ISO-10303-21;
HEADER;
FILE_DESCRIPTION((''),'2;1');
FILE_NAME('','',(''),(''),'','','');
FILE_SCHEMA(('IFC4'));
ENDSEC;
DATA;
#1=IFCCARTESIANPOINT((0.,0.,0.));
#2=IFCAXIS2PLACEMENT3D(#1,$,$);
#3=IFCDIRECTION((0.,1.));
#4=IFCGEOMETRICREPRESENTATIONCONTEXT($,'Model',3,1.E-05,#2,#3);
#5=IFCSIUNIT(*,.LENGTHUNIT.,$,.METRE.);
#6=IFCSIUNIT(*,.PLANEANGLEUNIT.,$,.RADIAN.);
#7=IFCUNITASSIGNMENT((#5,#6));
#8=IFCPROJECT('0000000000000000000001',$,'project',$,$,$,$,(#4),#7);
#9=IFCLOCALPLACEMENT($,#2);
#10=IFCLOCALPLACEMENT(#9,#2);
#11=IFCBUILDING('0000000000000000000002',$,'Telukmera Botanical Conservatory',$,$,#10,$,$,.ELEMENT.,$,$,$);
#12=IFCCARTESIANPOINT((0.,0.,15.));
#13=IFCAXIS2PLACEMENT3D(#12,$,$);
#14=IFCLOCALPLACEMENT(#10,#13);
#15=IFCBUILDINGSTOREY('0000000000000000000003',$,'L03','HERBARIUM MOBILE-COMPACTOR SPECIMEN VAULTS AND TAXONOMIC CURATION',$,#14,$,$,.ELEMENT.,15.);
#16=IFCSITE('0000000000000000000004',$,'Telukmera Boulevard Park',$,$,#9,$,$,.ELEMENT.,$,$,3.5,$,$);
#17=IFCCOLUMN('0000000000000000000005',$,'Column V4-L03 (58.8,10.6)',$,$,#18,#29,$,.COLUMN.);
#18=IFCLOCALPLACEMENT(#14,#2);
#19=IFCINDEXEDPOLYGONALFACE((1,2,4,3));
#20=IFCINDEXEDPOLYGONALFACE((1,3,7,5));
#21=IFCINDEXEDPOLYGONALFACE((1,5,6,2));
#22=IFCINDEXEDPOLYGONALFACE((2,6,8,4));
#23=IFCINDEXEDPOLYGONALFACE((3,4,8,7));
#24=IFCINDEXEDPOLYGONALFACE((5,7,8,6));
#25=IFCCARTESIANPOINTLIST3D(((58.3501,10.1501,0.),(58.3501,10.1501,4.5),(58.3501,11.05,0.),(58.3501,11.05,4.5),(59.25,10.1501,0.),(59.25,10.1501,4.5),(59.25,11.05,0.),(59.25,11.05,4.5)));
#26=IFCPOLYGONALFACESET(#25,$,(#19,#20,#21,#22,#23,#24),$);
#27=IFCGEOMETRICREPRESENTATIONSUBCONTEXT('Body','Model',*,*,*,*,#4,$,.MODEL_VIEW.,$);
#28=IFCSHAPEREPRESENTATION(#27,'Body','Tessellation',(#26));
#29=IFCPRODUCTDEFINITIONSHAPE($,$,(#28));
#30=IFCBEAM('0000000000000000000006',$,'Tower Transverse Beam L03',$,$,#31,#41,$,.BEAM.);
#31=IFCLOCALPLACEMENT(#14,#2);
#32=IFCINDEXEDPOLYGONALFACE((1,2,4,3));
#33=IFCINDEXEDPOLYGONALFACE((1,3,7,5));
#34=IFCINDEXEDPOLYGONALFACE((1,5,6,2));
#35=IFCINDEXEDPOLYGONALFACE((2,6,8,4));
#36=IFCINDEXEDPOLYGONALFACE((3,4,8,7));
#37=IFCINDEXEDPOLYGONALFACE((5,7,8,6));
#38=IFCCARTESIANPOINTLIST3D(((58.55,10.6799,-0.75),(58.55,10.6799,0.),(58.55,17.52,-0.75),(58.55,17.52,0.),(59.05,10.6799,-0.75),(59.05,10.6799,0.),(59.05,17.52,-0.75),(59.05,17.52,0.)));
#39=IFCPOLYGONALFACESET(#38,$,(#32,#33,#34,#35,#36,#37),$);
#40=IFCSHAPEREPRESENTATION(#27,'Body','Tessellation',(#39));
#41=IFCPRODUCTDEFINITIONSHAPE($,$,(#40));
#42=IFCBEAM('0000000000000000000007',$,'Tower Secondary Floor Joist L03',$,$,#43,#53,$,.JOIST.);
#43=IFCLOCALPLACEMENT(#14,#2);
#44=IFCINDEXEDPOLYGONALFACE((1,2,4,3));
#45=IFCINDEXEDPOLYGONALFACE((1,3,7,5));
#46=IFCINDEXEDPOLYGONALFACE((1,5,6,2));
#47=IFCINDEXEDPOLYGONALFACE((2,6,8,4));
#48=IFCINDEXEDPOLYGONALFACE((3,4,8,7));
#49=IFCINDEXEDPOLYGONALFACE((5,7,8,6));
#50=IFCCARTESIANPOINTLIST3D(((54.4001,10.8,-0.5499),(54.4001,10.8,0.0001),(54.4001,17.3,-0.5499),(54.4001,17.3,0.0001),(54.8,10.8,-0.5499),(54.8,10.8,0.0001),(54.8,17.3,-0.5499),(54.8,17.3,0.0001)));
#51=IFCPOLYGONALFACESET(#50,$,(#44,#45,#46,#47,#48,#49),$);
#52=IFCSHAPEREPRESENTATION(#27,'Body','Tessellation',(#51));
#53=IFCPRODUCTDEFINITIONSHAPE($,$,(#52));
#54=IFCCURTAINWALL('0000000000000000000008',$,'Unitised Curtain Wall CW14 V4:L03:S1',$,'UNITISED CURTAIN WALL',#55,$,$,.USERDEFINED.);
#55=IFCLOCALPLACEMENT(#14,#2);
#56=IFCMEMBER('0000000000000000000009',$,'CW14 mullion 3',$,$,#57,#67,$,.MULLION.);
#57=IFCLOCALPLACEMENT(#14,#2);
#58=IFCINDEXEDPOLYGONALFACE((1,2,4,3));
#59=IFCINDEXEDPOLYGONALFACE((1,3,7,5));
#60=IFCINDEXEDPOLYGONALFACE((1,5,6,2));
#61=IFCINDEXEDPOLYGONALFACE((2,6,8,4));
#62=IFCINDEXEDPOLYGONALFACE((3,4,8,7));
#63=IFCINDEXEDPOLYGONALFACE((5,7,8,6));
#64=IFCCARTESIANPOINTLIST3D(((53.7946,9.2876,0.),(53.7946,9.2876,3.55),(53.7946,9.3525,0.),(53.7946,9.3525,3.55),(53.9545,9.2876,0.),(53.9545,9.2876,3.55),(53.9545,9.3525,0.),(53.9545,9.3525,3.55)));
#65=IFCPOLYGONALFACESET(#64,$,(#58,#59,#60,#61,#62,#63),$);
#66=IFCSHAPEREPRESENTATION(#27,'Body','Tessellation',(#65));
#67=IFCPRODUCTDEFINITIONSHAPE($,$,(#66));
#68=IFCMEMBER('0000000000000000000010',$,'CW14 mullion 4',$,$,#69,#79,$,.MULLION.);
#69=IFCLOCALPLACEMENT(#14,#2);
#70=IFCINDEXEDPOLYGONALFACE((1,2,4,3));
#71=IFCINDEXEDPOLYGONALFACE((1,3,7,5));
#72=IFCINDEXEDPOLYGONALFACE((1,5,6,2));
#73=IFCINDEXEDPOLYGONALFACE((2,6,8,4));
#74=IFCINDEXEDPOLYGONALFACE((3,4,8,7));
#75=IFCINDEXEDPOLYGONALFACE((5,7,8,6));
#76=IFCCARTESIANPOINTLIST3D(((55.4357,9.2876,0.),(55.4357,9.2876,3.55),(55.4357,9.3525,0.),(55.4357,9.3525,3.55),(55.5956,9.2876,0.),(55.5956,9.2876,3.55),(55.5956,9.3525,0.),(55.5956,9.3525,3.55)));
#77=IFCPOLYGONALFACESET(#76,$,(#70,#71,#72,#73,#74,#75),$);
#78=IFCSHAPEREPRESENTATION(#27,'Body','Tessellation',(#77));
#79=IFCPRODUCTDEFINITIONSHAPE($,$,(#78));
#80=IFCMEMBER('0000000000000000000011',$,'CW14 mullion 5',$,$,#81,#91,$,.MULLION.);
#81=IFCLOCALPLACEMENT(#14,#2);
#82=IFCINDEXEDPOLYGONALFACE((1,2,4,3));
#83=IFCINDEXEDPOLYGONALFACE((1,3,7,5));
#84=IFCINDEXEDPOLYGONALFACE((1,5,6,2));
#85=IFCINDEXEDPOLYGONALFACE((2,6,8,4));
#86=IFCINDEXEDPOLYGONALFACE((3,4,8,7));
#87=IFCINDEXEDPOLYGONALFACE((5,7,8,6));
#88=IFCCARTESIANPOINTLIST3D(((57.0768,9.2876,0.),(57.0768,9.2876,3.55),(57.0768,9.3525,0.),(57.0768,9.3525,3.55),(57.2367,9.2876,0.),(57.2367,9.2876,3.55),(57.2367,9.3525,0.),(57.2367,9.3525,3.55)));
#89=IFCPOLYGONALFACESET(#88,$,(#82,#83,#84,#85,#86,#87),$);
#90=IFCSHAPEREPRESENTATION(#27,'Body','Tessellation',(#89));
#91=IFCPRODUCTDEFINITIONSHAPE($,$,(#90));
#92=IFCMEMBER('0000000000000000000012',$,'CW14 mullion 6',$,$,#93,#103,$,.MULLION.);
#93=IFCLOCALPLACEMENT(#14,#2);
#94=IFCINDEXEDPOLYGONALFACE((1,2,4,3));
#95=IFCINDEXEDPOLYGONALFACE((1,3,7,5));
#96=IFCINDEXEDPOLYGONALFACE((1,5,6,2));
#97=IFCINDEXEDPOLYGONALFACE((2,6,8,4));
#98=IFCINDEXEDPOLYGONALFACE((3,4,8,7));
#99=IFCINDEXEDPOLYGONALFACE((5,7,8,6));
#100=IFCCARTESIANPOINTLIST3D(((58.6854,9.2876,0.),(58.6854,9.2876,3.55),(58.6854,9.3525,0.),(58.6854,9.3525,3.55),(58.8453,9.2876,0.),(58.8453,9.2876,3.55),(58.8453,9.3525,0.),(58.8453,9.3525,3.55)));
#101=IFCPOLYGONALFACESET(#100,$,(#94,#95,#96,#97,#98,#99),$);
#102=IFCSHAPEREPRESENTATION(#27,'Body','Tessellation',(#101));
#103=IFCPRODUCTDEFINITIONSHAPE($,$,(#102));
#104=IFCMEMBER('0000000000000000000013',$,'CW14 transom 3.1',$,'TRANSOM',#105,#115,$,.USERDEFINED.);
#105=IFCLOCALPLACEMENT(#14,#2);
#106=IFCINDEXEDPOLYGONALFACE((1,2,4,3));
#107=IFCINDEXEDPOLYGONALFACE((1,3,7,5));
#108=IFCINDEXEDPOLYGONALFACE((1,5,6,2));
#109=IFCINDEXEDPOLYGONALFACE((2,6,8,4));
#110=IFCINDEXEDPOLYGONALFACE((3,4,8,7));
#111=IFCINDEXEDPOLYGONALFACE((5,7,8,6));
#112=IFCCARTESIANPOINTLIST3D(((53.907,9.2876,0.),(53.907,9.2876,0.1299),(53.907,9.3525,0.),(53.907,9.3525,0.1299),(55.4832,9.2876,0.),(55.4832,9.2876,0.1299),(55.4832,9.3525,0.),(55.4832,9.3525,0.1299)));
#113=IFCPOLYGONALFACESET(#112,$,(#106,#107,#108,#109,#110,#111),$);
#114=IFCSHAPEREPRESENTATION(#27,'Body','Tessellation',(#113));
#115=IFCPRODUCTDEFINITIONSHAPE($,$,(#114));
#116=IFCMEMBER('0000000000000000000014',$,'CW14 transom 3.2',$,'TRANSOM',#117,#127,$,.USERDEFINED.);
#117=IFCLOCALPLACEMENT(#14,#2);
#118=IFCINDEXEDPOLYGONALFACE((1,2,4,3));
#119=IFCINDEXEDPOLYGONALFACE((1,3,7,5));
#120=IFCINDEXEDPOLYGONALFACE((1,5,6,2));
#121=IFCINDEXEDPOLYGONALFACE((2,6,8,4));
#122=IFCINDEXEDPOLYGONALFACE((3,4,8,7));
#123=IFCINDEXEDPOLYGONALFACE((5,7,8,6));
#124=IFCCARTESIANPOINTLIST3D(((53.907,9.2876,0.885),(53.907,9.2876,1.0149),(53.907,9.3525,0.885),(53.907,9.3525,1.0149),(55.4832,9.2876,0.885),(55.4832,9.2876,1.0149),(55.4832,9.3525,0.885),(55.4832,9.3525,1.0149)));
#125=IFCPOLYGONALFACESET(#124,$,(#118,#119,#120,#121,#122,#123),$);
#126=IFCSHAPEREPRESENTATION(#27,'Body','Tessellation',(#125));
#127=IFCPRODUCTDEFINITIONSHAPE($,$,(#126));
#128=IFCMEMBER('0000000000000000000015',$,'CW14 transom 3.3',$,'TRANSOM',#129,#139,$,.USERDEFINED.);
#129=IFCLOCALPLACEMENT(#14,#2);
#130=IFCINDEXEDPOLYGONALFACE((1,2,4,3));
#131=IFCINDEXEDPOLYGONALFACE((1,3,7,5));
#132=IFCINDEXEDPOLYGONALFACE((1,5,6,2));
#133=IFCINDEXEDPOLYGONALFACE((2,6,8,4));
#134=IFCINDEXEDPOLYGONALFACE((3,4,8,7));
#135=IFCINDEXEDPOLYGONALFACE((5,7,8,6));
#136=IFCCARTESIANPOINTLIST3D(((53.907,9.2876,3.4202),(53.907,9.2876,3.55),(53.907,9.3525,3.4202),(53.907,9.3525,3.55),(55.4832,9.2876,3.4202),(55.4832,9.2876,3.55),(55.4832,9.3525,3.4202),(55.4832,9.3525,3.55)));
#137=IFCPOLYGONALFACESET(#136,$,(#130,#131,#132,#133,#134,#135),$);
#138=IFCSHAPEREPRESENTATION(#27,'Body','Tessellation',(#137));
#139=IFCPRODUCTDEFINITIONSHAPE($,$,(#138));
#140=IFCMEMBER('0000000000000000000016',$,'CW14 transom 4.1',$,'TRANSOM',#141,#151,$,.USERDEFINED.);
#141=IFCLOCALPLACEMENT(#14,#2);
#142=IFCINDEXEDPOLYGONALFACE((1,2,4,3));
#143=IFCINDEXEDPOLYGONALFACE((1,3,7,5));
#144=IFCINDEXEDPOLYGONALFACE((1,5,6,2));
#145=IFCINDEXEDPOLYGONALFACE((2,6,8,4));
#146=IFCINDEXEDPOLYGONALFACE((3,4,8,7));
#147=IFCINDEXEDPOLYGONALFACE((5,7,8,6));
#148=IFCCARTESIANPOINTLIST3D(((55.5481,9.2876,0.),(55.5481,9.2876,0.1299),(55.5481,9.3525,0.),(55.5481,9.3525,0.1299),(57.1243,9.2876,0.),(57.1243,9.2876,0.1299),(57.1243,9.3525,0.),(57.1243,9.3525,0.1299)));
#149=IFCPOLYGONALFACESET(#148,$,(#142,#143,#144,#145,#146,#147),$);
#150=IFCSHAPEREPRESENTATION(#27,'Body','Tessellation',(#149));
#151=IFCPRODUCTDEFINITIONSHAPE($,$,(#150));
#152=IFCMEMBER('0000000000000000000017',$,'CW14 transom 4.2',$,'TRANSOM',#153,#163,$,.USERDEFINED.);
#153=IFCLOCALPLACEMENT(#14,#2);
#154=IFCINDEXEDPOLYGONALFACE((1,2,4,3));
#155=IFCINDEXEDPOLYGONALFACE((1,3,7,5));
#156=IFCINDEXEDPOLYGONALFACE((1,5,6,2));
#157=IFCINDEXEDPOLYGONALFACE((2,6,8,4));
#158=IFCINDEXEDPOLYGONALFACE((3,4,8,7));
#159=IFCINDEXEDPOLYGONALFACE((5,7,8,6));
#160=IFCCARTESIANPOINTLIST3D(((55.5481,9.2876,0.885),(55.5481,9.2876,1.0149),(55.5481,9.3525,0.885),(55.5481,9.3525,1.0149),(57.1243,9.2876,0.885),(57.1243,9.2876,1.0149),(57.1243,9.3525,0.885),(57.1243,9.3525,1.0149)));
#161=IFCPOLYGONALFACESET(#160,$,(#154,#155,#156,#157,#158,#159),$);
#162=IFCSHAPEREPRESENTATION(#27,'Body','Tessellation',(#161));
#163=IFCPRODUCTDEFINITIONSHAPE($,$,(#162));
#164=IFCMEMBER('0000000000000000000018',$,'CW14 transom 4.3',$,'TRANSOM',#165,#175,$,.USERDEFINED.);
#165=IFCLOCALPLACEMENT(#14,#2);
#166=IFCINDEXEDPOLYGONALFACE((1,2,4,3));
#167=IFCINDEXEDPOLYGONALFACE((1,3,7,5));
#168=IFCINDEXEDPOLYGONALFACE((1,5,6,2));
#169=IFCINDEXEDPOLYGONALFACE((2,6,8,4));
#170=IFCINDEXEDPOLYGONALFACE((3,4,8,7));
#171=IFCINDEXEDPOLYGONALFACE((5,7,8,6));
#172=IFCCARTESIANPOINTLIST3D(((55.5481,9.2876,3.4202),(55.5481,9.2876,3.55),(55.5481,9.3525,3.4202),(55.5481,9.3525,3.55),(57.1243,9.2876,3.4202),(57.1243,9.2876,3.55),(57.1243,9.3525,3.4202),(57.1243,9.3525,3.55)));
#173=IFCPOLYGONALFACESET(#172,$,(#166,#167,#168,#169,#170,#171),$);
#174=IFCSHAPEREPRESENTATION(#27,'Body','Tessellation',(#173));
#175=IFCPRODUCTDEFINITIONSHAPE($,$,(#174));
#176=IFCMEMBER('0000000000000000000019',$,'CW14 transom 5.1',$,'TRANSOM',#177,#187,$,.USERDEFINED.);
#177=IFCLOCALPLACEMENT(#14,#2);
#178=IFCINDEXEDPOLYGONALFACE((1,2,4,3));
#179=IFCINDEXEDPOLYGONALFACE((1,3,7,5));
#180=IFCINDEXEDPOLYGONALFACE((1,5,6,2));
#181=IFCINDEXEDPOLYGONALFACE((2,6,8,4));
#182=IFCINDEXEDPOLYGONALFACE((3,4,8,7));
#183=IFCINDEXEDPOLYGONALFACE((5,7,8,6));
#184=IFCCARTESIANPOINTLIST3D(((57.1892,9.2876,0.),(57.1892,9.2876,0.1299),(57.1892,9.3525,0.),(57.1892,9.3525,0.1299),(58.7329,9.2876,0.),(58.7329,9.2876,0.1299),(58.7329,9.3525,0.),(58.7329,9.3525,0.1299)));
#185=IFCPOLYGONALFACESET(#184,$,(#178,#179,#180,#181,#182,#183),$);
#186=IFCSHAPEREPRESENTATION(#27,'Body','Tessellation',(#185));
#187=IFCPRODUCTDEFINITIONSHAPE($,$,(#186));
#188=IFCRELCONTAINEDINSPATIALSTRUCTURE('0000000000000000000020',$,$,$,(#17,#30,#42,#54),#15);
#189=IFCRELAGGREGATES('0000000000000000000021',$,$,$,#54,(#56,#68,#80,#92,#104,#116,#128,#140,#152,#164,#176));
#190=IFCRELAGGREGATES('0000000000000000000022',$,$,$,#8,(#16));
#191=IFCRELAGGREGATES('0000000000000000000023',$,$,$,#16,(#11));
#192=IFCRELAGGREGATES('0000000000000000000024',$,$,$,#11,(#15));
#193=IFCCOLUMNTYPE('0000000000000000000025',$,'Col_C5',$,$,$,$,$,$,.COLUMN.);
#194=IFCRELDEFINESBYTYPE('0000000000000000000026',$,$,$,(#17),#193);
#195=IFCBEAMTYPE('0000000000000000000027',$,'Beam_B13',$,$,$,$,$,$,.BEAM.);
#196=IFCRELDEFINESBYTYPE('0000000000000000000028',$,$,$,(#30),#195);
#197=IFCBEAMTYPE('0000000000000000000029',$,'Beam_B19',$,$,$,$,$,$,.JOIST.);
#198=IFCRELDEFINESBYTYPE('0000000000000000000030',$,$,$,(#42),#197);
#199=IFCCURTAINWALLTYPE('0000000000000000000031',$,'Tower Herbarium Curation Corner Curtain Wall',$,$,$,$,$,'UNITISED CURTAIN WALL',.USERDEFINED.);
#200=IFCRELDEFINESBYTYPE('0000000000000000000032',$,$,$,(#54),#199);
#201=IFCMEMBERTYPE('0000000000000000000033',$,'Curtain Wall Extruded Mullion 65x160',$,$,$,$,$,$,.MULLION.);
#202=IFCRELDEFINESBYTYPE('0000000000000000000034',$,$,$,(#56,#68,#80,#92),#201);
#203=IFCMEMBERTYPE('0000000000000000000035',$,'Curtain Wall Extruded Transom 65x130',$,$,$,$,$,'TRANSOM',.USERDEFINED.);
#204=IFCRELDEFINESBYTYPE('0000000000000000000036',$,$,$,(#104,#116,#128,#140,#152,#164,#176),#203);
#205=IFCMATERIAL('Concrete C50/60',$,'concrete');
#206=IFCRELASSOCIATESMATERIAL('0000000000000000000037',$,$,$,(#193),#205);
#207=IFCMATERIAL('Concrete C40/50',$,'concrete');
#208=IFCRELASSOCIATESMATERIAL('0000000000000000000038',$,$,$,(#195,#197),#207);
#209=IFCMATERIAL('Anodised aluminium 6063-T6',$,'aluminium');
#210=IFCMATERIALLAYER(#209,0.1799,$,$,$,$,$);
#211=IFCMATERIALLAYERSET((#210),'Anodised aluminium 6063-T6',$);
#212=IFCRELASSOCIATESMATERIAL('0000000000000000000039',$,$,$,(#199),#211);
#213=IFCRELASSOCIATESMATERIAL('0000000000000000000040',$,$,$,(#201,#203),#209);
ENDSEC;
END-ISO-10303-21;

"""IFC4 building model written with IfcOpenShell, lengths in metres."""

from ifc_helpers import new_model, si_unit, direction, frame, origin, origin_2d, place, context, subcontext, project, spatial, rectangle, extrude, material, layer, layer_set, material_profile, profile_set, type_object, element, aggregate, save


model = new_model("IFC4")

# Units and contexts
model_context = context("Model", 3, precision=1e-05, world=origin(), true_north=direction((0.0, 1.0)))
body_context = subcontext(model_context, "Body", "Model", "MODEL_VIEW")
ifc_project = project(units=[si_unit("LENGTHUNIT", "METRE"), si_unit("PLANEANGLEUNIT", "RADIAN")], contexts=[model_context])

# Site, building, storey
site_placement = place(None, origin())
site = spatial("IfcSite", under=ifc_project, at=site_placement, Name="Telukmera Boulevard Park", CompositionType="ELEMENT", RefElevation=3.5)
building_placement = place(site_placement, origin())
building = spatial("IfcBuilding", under=site, at=building_placement, Name="Telukmera Botanical Conservatory", CompositionType="ELEMENT")
storey_placement = place(building_placement, frame((0.0, 0.0, 15.0)))
storey = spatial("IfcBuildingStorey", under=building, at=storey_placement, Name="L03", Description="HERBARIUM MOBILE-COMPACTOR SPECIMEN VAULTS AND TAXONOMIC CURATION", CompositionType="ELEMENT", Elevation=15.0)

# Column
ifc_material_1 = material(Name="Concrete C50/60", Category="concrete")
ifc_material_profile_1 = material_profile(ifc_material_1, rectangle(XDim=0.8999, YDim=0.8999, at=origin_2d()), Name="RC 900x900")
ifc_profile_set_1 = profile_set([ifc_material_profile_1], Name="Concrete C50/60")
column_type = type_object("IfcColumnType", Name="Col_C5", PredefinedType="COLUMN", material=ifc_profile_set_1)
column_placement = place(storey_placement, frame((58.8, 10.6001, 0.0), z_axis=(0.0, 0.0, 1.0), x_axis=(1.0, 0.0, 0.0)))
element("IfcColumn", 1, at=column_placement, inside=storey, type_object=column_type, Name="Column V4-L03 (58.8,10.6)", PredefinedType="COLUMN", context=body_context, shape_type="SweptSolid", body=[
    extrude(rectangle(XDim=0.8999, YDim=0.8999, at=origin_2d()), origin(), (0.0, 0.0, 1.0), 4.5),
])

# Beams
ifc_material_2 = material(Name="Concrete C40/50", Category="concrete")
ifc_material_profile_2 = material_profile(ifc_material_2, rectangle(XDim=0.5, YDim=0.75, at=origin_2d()), Name="RC 500x750")
ifc_profile_set_2 = profile_set([ifc_material_profile_2], Name="Concrete C40/50")
beam_type_1 = type_object("IfcBeamType", Name="Beam_B13", PredefinedType="BEAM", material=ifc_profile_set_2)
beam_1_placement = place(storey_placement, frame((58.8, 10.6799, -0.375), z_axis=(0.0, 1.0, 0.0), x_axis=(-1.0, 0.0, 0.0)))
element("IfcBeam", 2, at=beam_1_placement, inside=storey, type_object=beam_type_1, Name="Tower Transverse Beam L03", PredefinedType="BEAM", context=body_context, shape_type="SweptSolid", body=[
    extrude(rectangle(XDim=0.5, YDim=0.75, at=origin_2d()), origin(), (0.0, 0.0, 1.0), 6.8401),
])
ifc_material_profile_3 = material_profile(ifc_material_2, rectangle(XDim=0.3999, YDim=0.55, at=origin_2d()), Name="RC 400x550")
ifc_profile_set_3 = profile_set([ifc_material_profile_3], Name="Concrete C40/50")
beam_type_2 = type_object("IfcBeamType", Name="Beam_B19", PredefinedType="JOIST", material=ifc_profile_set_3)
beam_2_placement = place(storey_placement, frame((54.6001, 10.8, -0.2749), z_axis=(0.0, 1.0, 0.0), x_axis=(-1.0, 0.0, 0.0)))
element("IfcBeam", 3, at=beam_2_placement, inside=storey, type_object=beam_type_2, Name="Tower Secondary Floor Joist L03", PredefinedType="JOIST", context=body_context, shape_type="SweptSolid", body=[
    extrude(rectangle(XDim=0.3999, YDim=0.55, at=origin_2d()), origin(), (0.0, 0.0, 1.0), 6.5),
])

# Curtain wall, members
ifc_material_3 = material(Name="Anodised aluminium 6063-T6", Category="aluminium")
ifc_layer_1 = layer(ifc_material_3, 0.1799)
ifc_layer_set_1 = layer_set([ifc_layer_1], Name="Anodised aluminium 6063-T6")
curtain_wall_type = type_object("IfcCurtainWallType", Name="Tower Herbarium Curation Corner Curtain Wall", ElementType="UNITISED CURTAIN WALL", PredefinedType="USERDEFINED", material=ifc_layer_set_1)
curtain_wall_placement = place(storey_placement, origin())
curtain_wall = element("IfcCurtainWall", 4, at=curtain_wall_placement, inside=storey, type_object=curtain_wall_type, Name="Unitised Curtain Wall CW14 V4:L03:S1", ObjectType="UNITISED CURTAIN WALL", PredefinedType="USERDEFINED")
ifc_material_profile_4 = material_profile(ifc_material_3, rectangle(XDim=0.0649, YDim=0.1599, at=origin_2d()), Name="ALU MULL 65x160")
ifc_profile_set_4 = profile_set([ifc_material_profile_4], Name="Anodised aluminium 6063-T6")
member_type_1 = type_object("IfcMemberType", Name="Curtain Wall Extruded Mullion 65x160", PredefinedType="MULLION", material=ifc_profile_set_4)
member_1_placement = place(storey_placement, frame((53.8745, 9.3201, 0.0), z_axis=(0.0, 0.0, 1.0), x_axis=(0.0, 1.0, 0.0)))
member_1 = element("IfcMember", 5, at=member_1_placement, type_object=member_type_1, Name="CW14 mullion 3", PredefinedType="MULLION", context=body_context, shape_type="SweptSolid", body=[
    extrude(rectangle(XDim=0.0649, YDim=0.1599, at=origin_2d()), origin(), (0.0, 0.0, 1.0), 3.55),
])
member_2_placement = place(storey_placement, frame((55.5156, 9.3201, 0.0), z_axis=(0.0, 0.0, 1.0), x_axis=(0.0, 1.0, 0.0)))
member_2 = element("IfcMember", 6, at=member_2_placement, type_object=member_type_1, Name="CW14 mullion 4", PredefinedType="MULLION", context=body_context, shape_type="SweptSolid", body=[
    extrude(rectangle(XDim=0.0649, YDim=0.1599, at=origin_2d()), origin(), (0.0, 0.0, 1.0), 3.55),
])
member_3_placement = place(storey_placement, frame((57.1567, 9.3201, 0.0), z_axis=(0.0, 0.0, 1.0), x_axis=(0.0, 1.0, 0.0)))
member_3 = element("IfcMember", 7, at=member_3_placement, type_object=member_type_1, Name="CW14 mullion 5", PredefinedType="MULLION", context=body_context, shape_type="SweptSolid", body=[
    extrude(rectangle(XDim=0.0649, YDim=0.1599, at=origin_2d()), origin(), (0.0, 0.0, 1.0), 3.55),
])
member_4_placement = place(storey_placement, frame((58.7654, 9.3201, 0.0), z_axis=(0.0, 0.0, 1.0), x_axis=(0.0, 1.0, 0.0)))
member_4 = element("IfcMember", 8, at=member_4_placement, type_object=member_type_1, Name="CW14 mullion 6", PredefinedType="MULLION", context=body_context, shape_type="SweptSolid", body=[
    extrude(rectangle(XDim=0.0649, YDim=0.1599, at=origin_2d()), origin(), (0.0, 0.0, 1.0), 3.55),
])
ifc_material_profile_5 = material_profile(ifc_material_3, rectangle(XDim=0.0649, YDim=0.1299, at=origin_2d()), Name="ALU TRAN 65x130")
ifc_profile_set_5 = profile_set([ifc_material_profile_5], Name="Anodised aluminium 6063-T6")
member_type_2 = type_object("IfcMemberType", Name="Curtain Wall Extruded Transom 65x130", ElementType="TRANSOM", PredefinedType="USERDEFINED", material=ifc_profile_set_5)
member_5_placement = place(storey_placement, frame((53.907, 9.3201, 0.0649), z_axis=(1.0, 0.0, 0.0), x_axis=(0.0, 1.0, 0.0)))
member_5 = element("IfcMember", 9, at=member_5_placement, type_object=member_type_2, Name="CW14 transom 3.1", ObjectType="TRANSOM", PredefinedType="USERDEFINED", context=body_context, shape_type="SweptSolid", body=[
    extrude(rectangle(XDim=0.0649, YDim=0.1299, at=origin_2d()), origin(), (0.0, 0.0, 1.0), 1.5762),
])
member_6_placement = place(storey_placement, frame((53.907, 9.3201, 0.95), z_axis=(1.0, 0.0, 0.0), x_axis=(0.0, 1.0, 0.0)))
member_6 = element("IfcMember", 10, at=member_6_placement, type_object=member_type_2, Name="CW14 transom 3.2", ObjectType="TRANSOM", PredefinedType="USERDEFINED", context=body_context, shape_type="SweptSolid", body=[
    extrude(rectangle(XDim=0.0649, YDim=0.1299, at=origin_2d()), origin(), (0.0, 0.0, 1.0), 1.5762),
])
member_7_placement = place(storey_placement, frame((53.907, 9.3201, 3.4851), z_axis=(1.0, 0.0, 0.0), x_axis=(0.0, 1.0, 0.0)))
member_7 = element("IfcMember", 11, at=member_7_placement, type_object=member_type_2, Name="CW14 transom 3.3", ObjectType="TRANSOM", PredefinedType="USERDEFINED", context=body_context, shape_type="SweptSolid", body=[
    extrude(rectangle(XDim=0.0649, YDim=0.1299, at=origin_2d()), origin(), (0.0, 0.0, 1.0), 1.5762),
])
member_8_placement = place(storey_placement, frame((55.5481, 9.3201, 0.0649), z_axis=(1.0, 0.0, 0.0), x_axis=(0.0, 1.0, 0.0)))
member_8 = element("IfcMember", 12, at=member_8_placement, type_object=member_type_2, Name="CW14 transom 4.1", ObjectType="TRANSOM", PredefinedType="USERDEFINED", context=body_context, shape_type="SweptSolid", body=[
    extrude(rectangle(XDim=0.0649, YDim=0.1299, at=origin_2d()), origin(), (0.0, 0.0, 1.0), 1.5762),
])
member_9_placement = place(storey_placement, frame((55.5481, 9.3201, 0.95), z_axis=(1.0, 0.0, 0.0), x_axis=(0.0, 1.0, 0.0)))
member_9 = element("IfcMember", 13, at=member_9_placement, type_object=member_type_2, Name="CW14 transom 4.2", ObjectType="TRANSOM", PredefinedType="USERDEFINED", context=body_context, shape_type="SweptSolid", body=[
    extrude(rectangle(XDim=0.0649, YDim=0.1299, at=origin_2d()), origin(), (0.0, 0.0, 1.0), 1.5762),
])
member_10_placement = place(storey_placement, frame((55.5481, 9.3201, 3.4851), z_axis=(1.0, 0.0, 0.0), x_axis=(0.0, 1.0, 0.0)))
member_10 = element("IfcMember", 14, at=member_10_placement, type_object=member_type_2, Name="CW14 transom 4.3", ObjectType="TRANSOM", PredefinedType="USERDEFINED", context=body_context, shape_type="SweptSolid", body=[
    extrude(rectangle(XDim=0.0649, YDim=0.1299, at=origin_2d()), origin(), (0.0, 0.0, 1.0), 1.5762),
])
member_11_placement = place(storey_placement, frame((57.1892, 9.3201, 0.0649), z_axis=(1.0, 0.0, 0.0), x_axis=(0.0, 1.0, 0.0)))
member_11 = element("IfcMember", 15, at=member_11_placement, type_object=member_type_2, Name="CW14 transom 5.1", ObjectType="TRANSOM", PredefinedType="USERDEFINED", context=body_context, shape_type="SweptSolid", body=[
    extrude(rectangle(XDim=0.0649, YDim=0.1299, at=origin_2d()), origin(), (0.0, 0.0, 1.0), 1.5437),
])
aggregate(curtain_wall, [member_1, member_2, member_3, member_4, member_5, member_6, member_7, member_8, member_9, member_10, member_11])

save(model, "model.ifc")
